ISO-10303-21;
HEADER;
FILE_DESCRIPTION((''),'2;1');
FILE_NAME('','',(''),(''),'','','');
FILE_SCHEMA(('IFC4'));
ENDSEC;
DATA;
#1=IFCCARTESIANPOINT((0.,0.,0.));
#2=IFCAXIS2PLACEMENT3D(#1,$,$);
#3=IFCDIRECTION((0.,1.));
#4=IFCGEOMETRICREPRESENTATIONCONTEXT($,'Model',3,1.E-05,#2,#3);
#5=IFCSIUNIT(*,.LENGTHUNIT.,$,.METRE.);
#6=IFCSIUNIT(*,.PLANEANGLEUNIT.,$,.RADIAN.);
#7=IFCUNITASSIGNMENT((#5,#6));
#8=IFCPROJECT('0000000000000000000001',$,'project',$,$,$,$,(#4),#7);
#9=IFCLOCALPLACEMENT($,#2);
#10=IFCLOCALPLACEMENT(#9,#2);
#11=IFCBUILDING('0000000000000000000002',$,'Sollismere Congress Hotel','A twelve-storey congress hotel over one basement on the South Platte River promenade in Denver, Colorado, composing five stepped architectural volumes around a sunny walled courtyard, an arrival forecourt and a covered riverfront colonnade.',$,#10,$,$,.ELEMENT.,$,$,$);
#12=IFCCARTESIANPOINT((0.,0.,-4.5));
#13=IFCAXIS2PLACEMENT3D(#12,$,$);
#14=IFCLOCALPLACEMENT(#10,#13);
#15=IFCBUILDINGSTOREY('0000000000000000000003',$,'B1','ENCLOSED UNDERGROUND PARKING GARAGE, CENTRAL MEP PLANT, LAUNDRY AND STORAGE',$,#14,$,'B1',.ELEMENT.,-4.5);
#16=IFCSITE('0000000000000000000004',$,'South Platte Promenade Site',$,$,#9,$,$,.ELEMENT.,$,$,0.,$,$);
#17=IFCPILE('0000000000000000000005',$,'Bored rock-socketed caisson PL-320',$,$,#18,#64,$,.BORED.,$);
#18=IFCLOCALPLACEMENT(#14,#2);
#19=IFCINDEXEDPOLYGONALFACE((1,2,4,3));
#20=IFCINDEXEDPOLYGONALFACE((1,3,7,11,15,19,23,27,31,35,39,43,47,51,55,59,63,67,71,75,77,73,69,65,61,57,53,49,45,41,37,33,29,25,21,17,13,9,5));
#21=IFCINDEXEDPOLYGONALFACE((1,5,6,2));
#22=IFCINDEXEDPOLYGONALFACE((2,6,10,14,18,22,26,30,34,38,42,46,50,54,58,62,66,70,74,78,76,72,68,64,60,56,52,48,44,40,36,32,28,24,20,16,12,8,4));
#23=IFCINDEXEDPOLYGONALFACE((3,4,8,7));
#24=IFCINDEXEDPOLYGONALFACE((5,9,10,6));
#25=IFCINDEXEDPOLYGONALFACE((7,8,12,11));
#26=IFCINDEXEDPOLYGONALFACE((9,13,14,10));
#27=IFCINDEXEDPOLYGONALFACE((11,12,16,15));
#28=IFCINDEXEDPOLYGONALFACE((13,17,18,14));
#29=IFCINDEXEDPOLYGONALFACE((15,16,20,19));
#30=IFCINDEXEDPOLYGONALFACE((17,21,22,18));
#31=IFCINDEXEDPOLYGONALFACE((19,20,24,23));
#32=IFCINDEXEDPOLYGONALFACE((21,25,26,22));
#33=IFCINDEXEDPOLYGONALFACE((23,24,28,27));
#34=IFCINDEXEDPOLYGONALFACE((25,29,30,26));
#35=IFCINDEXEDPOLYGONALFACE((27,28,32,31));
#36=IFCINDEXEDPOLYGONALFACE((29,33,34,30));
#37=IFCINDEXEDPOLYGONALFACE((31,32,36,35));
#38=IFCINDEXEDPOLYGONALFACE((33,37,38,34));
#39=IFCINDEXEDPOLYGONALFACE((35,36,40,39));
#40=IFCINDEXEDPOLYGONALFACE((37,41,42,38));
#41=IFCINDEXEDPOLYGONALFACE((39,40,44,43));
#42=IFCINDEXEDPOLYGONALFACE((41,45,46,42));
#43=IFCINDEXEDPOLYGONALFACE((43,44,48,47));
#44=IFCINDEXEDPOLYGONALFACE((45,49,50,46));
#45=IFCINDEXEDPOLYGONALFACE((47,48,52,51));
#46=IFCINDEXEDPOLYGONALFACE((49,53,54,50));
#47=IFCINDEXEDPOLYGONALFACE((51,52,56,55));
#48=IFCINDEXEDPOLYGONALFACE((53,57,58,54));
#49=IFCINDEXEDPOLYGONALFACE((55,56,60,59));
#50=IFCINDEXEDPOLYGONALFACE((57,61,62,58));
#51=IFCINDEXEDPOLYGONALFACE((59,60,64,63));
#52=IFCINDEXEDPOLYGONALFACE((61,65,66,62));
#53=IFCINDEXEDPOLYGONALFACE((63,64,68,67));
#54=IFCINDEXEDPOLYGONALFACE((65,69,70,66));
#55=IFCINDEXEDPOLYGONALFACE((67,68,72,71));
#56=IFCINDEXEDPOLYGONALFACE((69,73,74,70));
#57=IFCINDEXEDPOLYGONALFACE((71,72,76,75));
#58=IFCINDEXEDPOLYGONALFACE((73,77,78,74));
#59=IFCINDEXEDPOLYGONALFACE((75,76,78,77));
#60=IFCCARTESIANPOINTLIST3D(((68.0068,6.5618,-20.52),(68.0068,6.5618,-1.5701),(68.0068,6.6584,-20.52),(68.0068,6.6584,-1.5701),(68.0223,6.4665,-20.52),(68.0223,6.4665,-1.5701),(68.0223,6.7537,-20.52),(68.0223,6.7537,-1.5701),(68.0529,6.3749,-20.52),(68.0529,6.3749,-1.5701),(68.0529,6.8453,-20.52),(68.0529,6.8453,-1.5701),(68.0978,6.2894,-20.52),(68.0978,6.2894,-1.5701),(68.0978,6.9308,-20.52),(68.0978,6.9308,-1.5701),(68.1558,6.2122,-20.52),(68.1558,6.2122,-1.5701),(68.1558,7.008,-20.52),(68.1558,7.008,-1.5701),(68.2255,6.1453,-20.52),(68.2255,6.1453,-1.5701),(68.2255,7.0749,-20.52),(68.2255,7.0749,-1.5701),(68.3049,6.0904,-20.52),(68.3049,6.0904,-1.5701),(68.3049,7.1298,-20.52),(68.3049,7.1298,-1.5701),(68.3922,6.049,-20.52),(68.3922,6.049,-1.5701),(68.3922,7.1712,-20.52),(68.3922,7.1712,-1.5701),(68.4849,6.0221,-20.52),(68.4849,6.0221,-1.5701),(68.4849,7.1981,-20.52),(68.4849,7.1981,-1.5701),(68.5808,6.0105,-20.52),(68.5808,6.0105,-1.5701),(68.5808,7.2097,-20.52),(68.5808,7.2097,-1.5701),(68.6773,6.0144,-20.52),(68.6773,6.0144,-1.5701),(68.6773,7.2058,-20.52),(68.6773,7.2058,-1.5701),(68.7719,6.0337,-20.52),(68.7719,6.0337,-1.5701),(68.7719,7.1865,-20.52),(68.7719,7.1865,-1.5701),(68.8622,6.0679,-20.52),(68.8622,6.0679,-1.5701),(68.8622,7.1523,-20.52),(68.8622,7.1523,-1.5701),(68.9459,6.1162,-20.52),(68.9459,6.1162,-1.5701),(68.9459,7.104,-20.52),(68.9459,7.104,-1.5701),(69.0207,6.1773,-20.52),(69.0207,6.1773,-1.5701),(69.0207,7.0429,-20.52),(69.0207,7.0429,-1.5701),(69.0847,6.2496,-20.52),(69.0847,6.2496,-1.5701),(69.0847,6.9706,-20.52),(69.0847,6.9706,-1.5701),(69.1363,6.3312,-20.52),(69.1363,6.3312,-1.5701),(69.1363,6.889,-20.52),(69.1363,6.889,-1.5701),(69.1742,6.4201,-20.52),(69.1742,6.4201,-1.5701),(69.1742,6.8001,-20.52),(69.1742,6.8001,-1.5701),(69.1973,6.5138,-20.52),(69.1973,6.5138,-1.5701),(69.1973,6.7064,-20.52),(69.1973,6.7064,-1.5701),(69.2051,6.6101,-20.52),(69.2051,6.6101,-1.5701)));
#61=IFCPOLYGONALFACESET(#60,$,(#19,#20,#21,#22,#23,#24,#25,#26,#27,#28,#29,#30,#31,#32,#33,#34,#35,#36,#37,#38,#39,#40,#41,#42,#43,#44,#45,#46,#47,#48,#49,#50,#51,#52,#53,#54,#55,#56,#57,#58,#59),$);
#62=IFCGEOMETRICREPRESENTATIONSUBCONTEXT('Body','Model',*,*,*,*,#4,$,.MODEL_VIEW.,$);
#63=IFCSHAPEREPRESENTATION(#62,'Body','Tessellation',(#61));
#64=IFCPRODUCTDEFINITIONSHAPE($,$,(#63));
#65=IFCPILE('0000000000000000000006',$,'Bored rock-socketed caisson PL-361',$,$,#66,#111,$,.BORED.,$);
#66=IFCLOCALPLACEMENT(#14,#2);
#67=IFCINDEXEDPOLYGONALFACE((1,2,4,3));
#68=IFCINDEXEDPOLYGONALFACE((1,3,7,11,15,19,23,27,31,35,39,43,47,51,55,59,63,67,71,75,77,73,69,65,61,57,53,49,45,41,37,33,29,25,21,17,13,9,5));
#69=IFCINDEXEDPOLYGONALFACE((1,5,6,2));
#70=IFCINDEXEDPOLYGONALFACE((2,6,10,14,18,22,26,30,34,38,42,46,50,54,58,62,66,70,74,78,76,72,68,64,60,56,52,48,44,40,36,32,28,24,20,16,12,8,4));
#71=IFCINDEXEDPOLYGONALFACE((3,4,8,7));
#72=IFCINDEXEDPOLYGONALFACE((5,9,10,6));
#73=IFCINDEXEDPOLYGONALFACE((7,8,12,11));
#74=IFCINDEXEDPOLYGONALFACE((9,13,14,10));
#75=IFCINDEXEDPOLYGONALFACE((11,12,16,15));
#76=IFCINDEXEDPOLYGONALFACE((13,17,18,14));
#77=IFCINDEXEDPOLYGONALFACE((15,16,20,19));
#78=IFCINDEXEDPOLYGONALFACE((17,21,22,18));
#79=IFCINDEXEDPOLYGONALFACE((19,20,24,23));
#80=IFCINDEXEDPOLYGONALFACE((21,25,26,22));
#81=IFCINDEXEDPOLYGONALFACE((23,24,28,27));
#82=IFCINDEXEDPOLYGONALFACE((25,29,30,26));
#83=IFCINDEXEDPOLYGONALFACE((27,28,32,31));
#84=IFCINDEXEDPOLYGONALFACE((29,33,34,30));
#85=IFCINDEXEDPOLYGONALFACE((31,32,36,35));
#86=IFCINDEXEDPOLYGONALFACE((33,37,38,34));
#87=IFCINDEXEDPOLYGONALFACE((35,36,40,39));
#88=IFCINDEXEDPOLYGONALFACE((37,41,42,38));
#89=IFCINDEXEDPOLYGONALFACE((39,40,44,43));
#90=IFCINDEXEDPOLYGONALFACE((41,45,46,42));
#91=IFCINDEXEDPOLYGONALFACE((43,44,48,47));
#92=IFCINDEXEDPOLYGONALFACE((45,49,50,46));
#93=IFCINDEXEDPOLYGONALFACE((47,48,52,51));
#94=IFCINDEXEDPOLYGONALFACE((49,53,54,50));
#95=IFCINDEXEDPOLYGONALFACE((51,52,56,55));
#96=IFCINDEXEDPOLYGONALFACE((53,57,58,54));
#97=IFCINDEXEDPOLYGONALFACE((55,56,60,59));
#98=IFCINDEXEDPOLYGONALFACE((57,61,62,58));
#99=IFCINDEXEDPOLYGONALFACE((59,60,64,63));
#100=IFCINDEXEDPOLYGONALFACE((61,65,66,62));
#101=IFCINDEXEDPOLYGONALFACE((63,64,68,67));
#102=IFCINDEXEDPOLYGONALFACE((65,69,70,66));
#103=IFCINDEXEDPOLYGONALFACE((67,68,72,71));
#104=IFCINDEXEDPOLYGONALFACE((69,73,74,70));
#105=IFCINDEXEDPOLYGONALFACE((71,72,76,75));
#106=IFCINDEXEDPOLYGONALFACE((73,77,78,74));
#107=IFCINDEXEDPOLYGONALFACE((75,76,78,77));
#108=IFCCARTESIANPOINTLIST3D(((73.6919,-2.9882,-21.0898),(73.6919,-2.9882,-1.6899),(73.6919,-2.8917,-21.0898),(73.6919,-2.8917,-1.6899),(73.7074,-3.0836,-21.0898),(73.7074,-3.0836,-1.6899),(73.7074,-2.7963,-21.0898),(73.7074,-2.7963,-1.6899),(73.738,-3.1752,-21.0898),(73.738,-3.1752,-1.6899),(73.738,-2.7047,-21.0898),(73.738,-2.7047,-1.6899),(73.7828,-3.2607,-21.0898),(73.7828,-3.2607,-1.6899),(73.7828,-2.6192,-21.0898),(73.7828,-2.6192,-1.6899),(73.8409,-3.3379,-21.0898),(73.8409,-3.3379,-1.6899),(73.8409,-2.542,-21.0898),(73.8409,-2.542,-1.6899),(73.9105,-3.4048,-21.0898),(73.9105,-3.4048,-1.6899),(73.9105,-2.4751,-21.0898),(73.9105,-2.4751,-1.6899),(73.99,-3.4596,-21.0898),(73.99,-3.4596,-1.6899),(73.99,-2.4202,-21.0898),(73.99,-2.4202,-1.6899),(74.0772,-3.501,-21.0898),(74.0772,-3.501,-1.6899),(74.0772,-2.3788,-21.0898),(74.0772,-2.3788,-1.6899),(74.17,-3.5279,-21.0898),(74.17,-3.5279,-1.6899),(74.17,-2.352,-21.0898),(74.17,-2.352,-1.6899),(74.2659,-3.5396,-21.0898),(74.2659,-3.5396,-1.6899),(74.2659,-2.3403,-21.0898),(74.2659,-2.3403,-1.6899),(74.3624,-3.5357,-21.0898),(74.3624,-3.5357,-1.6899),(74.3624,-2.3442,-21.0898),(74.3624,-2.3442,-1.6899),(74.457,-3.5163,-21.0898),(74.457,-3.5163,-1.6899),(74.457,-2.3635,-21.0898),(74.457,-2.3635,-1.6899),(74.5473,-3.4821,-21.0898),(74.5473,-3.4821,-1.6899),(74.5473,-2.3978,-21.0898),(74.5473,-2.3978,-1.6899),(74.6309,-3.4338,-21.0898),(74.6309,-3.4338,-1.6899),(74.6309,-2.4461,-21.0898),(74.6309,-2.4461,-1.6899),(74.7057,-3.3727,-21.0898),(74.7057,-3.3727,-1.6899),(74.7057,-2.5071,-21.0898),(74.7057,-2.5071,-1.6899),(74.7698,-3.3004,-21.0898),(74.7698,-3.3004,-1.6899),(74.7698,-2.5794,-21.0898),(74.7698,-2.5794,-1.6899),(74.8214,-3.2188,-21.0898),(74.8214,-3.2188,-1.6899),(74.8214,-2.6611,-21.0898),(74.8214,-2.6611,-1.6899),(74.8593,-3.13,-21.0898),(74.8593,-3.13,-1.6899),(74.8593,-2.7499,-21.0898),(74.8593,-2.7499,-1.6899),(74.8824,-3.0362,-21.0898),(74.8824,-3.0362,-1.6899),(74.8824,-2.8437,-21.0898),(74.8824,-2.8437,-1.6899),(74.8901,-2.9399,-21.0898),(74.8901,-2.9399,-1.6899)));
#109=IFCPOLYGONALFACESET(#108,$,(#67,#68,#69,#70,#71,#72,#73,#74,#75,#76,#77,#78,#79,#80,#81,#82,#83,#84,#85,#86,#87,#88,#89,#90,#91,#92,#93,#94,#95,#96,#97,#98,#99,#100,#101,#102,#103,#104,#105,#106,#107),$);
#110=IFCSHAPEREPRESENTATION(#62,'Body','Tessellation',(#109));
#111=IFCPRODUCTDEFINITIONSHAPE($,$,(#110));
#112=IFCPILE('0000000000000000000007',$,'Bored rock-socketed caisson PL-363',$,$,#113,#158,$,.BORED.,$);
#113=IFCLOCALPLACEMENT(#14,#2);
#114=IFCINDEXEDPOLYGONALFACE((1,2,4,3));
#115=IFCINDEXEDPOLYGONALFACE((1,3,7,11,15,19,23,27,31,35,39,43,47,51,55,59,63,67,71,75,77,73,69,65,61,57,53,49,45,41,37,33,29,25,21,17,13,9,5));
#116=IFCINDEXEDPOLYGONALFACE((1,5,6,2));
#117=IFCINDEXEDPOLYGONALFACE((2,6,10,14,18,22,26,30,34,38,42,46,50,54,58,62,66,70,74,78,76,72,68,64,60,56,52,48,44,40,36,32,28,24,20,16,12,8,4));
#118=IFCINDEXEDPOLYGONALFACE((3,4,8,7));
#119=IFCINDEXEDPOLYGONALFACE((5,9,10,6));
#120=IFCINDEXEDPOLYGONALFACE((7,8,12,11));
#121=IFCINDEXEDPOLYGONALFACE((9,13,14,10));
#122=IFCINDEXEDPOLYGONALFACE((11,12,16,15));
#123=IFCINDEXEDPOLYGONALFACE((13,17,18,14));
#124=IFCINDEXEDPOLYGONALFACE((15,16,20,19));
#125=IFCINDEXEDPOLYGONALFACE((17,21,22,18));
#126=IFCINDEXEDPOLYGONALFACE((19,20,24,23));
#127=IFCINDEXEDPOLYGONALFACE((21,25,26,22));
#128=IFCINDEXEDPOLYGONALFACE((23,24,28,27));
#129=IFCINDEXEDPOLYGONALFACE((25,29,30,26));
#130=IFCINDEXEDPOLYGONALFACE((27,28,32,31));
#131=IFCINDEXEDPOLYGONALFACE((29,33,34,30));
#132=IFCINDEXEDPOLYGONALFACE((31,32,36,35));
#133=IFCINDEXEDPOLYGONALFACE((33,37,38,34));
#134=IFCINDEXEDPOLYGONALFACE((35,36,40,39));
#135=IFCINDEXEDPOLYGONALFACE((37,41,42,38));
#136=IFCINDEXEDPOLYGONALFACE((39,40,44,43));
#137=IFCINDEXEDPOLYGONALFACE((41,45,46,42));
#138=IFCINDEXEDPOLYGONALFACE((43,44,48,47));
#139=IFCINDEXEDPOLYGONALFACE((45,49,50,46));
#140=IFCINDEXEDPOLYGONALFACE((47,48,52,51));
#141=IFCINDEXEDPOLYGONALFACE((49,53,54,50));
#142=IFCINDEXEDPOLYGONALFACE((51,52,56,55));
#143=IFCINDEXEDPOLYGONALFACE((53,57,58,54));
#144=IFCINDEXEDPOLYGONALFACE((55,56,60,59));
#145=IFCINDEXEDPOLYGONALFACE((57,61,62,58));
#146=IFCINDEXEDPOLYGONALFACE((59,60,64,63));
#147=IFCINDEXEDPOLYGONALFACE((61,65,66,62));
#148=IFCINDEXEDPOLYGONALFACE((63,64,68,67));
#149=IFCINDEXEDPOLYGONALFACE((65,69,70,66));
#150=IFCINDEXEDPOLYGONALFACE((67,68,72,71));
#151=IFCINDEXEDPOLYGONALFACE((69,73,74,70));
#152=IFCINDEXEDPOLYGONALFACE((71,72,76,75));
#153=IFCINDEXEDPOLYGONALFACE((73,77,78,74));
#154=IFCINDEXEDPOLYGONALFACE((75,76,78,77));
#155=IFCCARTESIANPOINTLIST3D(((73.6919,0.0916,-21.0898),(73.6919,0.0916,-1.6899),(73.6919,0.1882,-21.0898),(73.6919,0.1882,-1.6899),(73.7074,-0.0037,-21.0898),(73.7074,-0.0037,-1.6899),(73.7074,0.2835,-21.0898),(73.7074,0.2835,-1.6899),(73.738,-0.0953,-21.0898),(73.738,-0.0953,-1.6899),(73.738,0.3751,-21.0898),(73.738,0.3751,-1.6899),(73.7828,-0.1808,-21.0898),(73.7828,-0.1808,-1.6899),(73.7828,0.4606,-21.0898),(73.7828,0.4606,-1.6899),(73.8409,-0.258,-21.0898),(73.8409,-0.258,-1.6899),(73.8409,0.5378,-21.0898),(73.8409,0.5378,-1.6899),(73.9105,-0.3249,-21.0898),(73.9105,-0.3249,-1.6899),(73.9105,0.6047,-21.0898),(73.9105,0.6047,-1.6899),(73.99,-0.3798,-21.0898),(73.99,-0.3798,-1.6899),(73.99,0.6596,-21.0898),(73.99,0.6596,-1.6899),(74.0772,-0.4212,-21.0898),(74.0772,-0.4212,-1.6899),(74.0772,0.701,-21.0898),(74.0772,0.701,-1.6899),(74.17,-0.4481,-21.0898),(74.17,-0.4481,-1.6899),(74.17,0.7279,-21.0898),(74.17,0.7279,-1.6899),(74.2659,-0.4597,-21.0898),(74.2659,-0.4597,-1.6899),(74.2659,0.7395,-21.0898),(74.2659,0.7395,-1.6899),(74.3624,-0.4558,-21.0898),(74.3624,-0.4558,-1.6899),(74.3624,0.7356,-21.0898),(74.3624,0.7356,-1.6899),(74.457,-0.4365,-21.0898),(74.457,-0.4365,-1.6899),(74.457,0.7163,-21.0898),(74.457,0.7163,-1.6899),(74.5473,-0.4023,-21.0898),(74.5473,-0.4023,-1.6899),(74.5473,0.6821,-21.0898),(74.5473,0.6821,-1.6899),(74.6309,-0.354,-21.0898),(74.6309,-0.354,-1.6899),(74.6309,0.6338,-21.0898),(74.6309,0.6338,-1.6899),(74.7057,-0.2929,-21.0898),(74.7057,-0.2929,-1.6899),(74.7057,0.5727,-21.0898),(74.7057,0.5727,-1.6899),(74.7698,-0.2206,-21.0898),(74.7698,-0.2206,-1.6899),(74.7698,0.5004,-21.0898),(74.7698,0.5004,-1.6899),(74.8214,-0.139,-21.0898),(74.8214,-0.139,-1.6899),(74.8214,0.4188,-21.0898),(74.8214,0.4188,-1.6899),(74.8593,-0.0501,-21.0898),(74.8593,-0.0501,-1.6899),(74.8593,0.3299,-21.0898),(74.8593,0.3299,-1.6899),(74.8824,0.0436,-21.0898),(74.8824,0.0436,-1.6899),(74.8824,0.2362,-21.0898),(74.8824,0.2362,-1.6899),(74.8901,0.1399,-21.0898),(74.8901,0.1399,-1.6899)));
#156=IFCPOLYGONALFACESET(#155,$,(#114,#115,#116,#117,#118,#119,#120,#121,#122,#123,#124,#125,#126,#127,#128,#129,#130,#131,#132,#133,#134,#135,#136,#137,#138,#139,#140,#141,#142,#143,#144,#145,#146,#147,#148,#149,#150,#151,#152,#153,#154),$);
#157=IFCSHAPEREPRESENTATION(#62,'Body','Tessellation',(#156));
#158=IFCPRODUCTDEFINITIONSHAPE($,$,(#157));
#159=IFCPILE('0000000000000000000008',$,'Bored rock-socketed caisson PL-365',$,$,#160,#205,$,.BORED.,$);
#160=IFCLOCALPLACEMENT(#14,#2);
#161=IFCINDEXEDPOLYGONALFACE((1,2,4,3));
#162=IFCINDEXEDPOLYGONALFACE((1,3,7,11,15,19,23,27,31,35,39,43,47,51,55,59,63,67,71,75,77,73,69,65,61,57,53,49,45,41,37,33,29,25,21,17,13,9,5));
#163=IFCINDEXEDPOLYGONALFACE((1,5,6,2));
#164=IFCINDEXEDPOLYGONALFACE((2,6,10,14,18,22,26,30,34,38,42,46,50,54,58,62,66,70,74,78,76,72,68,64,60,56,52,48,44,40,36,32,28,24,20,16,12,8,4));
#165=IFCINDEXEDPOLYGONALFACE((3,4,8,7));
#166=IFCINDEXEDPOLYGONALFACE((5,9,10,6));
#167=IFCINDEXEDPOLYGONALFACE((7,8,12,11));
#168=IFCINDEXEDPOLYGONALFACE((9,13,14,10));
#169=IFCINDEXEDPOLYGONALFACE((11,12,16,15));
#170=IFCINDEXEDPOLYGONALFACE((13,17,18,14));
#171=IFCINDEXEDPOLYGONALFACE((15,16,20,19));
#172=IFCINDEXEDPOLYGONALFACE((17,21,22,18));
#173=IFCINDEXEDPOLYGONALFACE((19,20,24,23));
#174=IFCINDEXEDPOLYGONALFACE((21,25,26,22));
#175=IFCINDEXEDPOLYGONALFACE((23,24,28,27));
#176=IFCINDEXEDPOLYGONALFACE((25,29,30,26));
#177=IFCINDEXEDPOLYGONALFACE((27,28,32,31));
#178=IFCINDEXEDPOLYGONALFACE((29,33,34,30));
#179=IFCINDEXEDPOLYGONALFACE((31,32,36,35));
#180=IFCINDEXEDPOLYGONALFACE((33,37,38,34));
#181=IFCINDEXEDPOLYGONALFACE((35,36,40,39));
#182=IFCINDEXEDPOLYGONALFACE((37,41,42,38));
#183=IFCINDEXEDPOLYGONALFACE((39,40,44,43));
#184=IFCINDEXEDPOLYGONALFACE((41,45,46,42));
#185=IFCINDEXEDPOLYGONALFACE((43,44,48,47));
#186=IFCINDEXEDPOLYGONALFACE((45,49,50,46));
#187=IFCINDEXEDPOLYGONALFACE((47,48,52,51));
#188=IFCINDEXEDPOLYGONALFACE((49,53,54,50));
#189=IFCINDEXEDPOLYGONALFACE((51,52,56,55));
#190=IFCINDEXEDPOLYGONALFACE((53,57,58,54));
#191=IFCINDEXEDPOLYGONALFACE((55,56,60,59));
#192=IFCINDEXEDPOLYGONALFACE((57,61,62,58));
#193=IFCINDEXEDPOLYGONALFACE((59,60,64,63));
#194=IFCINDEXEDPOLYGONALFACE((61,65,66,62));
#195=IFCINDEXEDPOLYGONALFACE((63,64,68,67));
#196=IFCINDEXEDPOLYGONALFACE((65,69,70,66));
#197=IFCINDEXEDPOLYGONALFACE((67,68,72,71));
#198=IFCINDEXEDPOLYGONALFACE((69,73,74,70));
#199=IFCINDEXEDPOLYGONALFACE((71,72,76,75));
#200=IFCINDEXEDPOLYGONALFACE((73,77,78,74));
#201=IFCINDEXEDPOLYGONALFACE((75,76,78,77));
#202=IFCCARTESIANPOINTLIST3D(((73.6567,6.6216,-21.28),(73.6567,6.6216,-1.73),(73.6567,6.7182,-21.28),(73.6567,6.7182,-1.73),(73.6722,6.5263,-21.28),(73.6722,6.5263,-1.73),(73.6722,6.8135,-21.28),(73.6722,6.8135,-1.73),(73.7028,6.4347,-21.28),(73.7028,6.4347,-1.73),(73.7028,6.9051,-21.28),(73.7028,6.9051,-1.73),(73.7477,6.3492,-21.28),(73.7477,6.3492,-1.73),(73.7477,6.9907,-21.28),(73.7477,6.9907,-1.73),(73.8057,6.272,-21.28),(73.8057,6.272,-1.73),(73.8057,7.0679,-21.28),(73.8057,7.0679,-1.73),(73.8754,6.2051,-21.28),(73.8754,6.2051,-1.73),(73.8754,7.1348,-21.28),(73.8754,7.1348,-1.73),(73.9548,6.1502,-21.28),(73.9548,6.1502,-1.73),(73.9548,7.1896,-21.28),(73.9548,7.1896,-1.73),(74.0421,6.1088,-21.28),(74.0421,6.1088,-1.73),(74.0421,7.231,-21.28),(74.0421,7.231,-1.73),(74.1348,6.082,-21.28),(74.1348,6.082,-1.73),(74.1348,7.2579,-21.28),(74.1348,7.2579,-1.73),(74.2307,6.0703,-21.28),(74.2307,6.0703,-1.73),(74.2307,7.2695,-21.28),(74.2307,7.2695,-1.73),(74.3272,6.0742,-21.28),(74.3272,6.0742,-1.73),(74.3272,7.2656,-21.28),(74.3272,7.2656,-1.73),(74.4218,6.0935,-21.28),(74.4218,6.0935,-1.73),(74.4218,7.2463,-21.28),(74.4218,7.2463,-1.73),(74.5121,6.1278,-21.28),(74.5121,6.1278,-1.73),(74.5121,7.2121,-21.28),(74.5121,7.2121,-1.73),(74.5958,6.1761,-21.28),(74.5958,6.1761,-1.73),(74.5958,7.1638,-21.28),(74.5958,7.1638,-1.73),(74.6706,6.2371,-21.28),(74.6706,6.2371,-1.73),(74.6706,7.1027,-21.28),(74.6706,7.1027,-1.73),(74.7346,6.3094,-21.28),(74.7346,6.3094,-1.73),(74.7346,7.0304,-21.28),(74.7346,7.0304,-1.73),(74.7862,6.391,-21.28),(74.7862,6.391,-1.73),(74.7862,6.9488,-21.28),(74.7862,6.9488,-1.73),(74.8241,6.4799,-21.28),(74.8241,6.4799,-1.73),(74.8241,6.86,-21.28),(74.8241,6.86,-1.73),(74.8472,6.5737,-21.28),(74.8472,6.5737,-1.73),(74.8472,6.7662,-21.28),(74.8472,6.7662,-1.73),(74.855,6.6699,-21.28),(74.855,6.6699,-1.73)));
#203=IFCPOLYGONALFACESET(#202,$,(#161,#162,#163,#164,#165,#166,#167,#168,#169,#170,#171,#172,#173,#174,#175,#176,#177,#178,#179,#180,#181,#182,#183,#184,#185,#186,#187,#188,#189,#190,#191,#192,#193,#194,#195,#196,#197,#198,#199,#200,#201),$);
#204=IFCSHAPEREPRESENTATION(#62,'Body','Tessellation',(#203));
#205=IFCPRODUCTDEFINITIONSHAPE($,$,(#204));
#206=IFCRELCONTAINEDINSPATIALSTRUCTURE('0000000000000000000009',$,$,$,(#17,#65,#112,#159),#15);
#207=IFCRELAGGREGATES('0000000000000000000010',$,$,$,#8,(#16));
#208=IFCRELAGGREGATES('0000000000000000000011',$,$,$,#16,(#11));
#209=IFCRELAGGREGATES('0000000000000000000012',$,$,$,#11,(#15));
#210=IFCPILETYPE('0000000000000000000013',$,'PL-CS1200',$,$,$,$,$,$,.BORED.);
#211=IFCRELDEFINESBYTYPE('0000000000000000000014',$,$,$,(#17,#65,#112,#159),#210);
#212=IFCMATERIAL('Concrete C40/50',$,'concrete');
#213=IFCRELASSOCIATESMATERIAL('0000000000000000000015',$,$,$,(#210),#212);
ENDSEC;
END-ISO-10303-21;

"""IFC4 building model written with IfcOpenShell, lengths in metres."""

from ifc_helpers import new_model, si_unit, direction, frame, origin, origin_2d, place, context, subcontext, project, spatial, circle, extrude, material, material_profile, profile_set, type_object, element, save


model = new_model("IFC4")

# Units and contexts
model_context = context("Model", 3, precision=1e-05, world=origin(), true_north=direction((0.0, 1.0)))
body_context = subcontext(model_context, "Body", "Model", "MODEL_VIEW")
ifc_project = project(units=[si_unit("LENGTHUNIT", "METRE"), si_unit("PLANEANGLEUNIT", "RADIAN")], contexts=[model_context])

# Site, building, storey
site_placement = place(None, origin())
site = spatial("IfcSite", under=ifc_project, at=site_placement, Name="South Platte Promenade Site", CompositionType="ELEMENT", RefElevation=0.0)
building_placement = place(site_placement, origin())
building = spatial("IfcBuilding", under=site, at=building_placement, Name="Sollismere Congress Hotel", Description="A twelve-storey congress hotel over one basement on the South Platte River promenade in Denver, Colorado, composing five stepped architectural volumes around a sunny walled courtyard, an arrival forecourt and a covered riverfront colonnade.", CompositionType="ELEMENT")
storey_placement = place(building_placement, frame((0.0, 0.0, -4.5)))
storey = spatial("IfcBuildingStorey", under=building, at=storey_placement, Name="B1", Description="ENCLOSED UNDERGROUND PARKING GARAGE, CENTRAL MEP PLANT, LAUNDRY AND STORAGE", LongName="B1", CompositionType="ELEMENT", Elevation=-4.5)

# Shared definitions
ifc_material_1 = material(Name="Concrete C40/50", Category="concrete")

# Piles
ifc_material_profile_1 = material_profile(ifc_material_1, circle(Radius=0.6001, at=origin_2d()), Name="CAISSON1200")
ifc_profile_set_1 = profile_set([ifc_material_profile_1], Name="Concrete C40/50")
pile_type = type_object("IfcPileType", Name="PL-CS1200", PredefinedType="BORED", material=ifc_profile_set_1)
pile_1_placement = place(storey_placement, frame((68.605, 6.6101, -1.5701), z_axis=(0.0, 0.0, -1.0), x_axis=(1.0, 0.0, 0.0)))
element("IfcPile", 1, at=pile_1_placement, inside=storey, type_object=pile_type, Name="Bored rock-socketed caisson PL-320", PredefinedType="BORED", context=body_context, shape_type="SweptSolid", body=[
    extrude(circle(Radius=0.6001, at=origin_2d()), origin(), (0.0, 0.0, 1.0), 18.95),
])
for number, where, z_axis, x_axis, name in (
    (2, (74.29, -2.9399, -1.6899), (0.0, 0.0, -1.0), (1.0, 0.0, 0.0), "Bored rock-socketed caisson PL-361"),
    (3, (74.29, 0.1399, -1.6899), (0.0, 0.0, -1.0), (1.0, 0.0, 0.0), "Bored rock-socketed caisson PL-363"),
):
    element("IfcPile", number, at=place(storey_placement, frame(where, z_axis=z_axis, x_axis=x_axis)), inside=storey, type_object=pile_type, Name=name, PredefinedType="BORED", context=body_context, shape_type="SweptSolid", body=[
        extrude(circle(Radius=0.6001, at=origin_2d()), origin(), (0.0, 0.0, 1.0), 19.3999),
    ])
pile_2_placement = place(storey_placement, frame((74.2549, 6.6699, -1.73), z_axis=(0.0, 0.0, -1.0), x_axis=(1.0, 0.0, 0.0)))
element("IfcPile", 4, at=pile_2_placement, inside=storey, type_object=pile_type, Name="Bored rock-socketed caisson PL-365", PredefinedType="BORED", context=body_context, shape_type="SweptSolid", body=[
    extrude(circle(Radius=0.6001, at=origin_2d()), origin(), (0.0, 0.0, 1.0), 19.55),
])

save(model, "model.ifc")
